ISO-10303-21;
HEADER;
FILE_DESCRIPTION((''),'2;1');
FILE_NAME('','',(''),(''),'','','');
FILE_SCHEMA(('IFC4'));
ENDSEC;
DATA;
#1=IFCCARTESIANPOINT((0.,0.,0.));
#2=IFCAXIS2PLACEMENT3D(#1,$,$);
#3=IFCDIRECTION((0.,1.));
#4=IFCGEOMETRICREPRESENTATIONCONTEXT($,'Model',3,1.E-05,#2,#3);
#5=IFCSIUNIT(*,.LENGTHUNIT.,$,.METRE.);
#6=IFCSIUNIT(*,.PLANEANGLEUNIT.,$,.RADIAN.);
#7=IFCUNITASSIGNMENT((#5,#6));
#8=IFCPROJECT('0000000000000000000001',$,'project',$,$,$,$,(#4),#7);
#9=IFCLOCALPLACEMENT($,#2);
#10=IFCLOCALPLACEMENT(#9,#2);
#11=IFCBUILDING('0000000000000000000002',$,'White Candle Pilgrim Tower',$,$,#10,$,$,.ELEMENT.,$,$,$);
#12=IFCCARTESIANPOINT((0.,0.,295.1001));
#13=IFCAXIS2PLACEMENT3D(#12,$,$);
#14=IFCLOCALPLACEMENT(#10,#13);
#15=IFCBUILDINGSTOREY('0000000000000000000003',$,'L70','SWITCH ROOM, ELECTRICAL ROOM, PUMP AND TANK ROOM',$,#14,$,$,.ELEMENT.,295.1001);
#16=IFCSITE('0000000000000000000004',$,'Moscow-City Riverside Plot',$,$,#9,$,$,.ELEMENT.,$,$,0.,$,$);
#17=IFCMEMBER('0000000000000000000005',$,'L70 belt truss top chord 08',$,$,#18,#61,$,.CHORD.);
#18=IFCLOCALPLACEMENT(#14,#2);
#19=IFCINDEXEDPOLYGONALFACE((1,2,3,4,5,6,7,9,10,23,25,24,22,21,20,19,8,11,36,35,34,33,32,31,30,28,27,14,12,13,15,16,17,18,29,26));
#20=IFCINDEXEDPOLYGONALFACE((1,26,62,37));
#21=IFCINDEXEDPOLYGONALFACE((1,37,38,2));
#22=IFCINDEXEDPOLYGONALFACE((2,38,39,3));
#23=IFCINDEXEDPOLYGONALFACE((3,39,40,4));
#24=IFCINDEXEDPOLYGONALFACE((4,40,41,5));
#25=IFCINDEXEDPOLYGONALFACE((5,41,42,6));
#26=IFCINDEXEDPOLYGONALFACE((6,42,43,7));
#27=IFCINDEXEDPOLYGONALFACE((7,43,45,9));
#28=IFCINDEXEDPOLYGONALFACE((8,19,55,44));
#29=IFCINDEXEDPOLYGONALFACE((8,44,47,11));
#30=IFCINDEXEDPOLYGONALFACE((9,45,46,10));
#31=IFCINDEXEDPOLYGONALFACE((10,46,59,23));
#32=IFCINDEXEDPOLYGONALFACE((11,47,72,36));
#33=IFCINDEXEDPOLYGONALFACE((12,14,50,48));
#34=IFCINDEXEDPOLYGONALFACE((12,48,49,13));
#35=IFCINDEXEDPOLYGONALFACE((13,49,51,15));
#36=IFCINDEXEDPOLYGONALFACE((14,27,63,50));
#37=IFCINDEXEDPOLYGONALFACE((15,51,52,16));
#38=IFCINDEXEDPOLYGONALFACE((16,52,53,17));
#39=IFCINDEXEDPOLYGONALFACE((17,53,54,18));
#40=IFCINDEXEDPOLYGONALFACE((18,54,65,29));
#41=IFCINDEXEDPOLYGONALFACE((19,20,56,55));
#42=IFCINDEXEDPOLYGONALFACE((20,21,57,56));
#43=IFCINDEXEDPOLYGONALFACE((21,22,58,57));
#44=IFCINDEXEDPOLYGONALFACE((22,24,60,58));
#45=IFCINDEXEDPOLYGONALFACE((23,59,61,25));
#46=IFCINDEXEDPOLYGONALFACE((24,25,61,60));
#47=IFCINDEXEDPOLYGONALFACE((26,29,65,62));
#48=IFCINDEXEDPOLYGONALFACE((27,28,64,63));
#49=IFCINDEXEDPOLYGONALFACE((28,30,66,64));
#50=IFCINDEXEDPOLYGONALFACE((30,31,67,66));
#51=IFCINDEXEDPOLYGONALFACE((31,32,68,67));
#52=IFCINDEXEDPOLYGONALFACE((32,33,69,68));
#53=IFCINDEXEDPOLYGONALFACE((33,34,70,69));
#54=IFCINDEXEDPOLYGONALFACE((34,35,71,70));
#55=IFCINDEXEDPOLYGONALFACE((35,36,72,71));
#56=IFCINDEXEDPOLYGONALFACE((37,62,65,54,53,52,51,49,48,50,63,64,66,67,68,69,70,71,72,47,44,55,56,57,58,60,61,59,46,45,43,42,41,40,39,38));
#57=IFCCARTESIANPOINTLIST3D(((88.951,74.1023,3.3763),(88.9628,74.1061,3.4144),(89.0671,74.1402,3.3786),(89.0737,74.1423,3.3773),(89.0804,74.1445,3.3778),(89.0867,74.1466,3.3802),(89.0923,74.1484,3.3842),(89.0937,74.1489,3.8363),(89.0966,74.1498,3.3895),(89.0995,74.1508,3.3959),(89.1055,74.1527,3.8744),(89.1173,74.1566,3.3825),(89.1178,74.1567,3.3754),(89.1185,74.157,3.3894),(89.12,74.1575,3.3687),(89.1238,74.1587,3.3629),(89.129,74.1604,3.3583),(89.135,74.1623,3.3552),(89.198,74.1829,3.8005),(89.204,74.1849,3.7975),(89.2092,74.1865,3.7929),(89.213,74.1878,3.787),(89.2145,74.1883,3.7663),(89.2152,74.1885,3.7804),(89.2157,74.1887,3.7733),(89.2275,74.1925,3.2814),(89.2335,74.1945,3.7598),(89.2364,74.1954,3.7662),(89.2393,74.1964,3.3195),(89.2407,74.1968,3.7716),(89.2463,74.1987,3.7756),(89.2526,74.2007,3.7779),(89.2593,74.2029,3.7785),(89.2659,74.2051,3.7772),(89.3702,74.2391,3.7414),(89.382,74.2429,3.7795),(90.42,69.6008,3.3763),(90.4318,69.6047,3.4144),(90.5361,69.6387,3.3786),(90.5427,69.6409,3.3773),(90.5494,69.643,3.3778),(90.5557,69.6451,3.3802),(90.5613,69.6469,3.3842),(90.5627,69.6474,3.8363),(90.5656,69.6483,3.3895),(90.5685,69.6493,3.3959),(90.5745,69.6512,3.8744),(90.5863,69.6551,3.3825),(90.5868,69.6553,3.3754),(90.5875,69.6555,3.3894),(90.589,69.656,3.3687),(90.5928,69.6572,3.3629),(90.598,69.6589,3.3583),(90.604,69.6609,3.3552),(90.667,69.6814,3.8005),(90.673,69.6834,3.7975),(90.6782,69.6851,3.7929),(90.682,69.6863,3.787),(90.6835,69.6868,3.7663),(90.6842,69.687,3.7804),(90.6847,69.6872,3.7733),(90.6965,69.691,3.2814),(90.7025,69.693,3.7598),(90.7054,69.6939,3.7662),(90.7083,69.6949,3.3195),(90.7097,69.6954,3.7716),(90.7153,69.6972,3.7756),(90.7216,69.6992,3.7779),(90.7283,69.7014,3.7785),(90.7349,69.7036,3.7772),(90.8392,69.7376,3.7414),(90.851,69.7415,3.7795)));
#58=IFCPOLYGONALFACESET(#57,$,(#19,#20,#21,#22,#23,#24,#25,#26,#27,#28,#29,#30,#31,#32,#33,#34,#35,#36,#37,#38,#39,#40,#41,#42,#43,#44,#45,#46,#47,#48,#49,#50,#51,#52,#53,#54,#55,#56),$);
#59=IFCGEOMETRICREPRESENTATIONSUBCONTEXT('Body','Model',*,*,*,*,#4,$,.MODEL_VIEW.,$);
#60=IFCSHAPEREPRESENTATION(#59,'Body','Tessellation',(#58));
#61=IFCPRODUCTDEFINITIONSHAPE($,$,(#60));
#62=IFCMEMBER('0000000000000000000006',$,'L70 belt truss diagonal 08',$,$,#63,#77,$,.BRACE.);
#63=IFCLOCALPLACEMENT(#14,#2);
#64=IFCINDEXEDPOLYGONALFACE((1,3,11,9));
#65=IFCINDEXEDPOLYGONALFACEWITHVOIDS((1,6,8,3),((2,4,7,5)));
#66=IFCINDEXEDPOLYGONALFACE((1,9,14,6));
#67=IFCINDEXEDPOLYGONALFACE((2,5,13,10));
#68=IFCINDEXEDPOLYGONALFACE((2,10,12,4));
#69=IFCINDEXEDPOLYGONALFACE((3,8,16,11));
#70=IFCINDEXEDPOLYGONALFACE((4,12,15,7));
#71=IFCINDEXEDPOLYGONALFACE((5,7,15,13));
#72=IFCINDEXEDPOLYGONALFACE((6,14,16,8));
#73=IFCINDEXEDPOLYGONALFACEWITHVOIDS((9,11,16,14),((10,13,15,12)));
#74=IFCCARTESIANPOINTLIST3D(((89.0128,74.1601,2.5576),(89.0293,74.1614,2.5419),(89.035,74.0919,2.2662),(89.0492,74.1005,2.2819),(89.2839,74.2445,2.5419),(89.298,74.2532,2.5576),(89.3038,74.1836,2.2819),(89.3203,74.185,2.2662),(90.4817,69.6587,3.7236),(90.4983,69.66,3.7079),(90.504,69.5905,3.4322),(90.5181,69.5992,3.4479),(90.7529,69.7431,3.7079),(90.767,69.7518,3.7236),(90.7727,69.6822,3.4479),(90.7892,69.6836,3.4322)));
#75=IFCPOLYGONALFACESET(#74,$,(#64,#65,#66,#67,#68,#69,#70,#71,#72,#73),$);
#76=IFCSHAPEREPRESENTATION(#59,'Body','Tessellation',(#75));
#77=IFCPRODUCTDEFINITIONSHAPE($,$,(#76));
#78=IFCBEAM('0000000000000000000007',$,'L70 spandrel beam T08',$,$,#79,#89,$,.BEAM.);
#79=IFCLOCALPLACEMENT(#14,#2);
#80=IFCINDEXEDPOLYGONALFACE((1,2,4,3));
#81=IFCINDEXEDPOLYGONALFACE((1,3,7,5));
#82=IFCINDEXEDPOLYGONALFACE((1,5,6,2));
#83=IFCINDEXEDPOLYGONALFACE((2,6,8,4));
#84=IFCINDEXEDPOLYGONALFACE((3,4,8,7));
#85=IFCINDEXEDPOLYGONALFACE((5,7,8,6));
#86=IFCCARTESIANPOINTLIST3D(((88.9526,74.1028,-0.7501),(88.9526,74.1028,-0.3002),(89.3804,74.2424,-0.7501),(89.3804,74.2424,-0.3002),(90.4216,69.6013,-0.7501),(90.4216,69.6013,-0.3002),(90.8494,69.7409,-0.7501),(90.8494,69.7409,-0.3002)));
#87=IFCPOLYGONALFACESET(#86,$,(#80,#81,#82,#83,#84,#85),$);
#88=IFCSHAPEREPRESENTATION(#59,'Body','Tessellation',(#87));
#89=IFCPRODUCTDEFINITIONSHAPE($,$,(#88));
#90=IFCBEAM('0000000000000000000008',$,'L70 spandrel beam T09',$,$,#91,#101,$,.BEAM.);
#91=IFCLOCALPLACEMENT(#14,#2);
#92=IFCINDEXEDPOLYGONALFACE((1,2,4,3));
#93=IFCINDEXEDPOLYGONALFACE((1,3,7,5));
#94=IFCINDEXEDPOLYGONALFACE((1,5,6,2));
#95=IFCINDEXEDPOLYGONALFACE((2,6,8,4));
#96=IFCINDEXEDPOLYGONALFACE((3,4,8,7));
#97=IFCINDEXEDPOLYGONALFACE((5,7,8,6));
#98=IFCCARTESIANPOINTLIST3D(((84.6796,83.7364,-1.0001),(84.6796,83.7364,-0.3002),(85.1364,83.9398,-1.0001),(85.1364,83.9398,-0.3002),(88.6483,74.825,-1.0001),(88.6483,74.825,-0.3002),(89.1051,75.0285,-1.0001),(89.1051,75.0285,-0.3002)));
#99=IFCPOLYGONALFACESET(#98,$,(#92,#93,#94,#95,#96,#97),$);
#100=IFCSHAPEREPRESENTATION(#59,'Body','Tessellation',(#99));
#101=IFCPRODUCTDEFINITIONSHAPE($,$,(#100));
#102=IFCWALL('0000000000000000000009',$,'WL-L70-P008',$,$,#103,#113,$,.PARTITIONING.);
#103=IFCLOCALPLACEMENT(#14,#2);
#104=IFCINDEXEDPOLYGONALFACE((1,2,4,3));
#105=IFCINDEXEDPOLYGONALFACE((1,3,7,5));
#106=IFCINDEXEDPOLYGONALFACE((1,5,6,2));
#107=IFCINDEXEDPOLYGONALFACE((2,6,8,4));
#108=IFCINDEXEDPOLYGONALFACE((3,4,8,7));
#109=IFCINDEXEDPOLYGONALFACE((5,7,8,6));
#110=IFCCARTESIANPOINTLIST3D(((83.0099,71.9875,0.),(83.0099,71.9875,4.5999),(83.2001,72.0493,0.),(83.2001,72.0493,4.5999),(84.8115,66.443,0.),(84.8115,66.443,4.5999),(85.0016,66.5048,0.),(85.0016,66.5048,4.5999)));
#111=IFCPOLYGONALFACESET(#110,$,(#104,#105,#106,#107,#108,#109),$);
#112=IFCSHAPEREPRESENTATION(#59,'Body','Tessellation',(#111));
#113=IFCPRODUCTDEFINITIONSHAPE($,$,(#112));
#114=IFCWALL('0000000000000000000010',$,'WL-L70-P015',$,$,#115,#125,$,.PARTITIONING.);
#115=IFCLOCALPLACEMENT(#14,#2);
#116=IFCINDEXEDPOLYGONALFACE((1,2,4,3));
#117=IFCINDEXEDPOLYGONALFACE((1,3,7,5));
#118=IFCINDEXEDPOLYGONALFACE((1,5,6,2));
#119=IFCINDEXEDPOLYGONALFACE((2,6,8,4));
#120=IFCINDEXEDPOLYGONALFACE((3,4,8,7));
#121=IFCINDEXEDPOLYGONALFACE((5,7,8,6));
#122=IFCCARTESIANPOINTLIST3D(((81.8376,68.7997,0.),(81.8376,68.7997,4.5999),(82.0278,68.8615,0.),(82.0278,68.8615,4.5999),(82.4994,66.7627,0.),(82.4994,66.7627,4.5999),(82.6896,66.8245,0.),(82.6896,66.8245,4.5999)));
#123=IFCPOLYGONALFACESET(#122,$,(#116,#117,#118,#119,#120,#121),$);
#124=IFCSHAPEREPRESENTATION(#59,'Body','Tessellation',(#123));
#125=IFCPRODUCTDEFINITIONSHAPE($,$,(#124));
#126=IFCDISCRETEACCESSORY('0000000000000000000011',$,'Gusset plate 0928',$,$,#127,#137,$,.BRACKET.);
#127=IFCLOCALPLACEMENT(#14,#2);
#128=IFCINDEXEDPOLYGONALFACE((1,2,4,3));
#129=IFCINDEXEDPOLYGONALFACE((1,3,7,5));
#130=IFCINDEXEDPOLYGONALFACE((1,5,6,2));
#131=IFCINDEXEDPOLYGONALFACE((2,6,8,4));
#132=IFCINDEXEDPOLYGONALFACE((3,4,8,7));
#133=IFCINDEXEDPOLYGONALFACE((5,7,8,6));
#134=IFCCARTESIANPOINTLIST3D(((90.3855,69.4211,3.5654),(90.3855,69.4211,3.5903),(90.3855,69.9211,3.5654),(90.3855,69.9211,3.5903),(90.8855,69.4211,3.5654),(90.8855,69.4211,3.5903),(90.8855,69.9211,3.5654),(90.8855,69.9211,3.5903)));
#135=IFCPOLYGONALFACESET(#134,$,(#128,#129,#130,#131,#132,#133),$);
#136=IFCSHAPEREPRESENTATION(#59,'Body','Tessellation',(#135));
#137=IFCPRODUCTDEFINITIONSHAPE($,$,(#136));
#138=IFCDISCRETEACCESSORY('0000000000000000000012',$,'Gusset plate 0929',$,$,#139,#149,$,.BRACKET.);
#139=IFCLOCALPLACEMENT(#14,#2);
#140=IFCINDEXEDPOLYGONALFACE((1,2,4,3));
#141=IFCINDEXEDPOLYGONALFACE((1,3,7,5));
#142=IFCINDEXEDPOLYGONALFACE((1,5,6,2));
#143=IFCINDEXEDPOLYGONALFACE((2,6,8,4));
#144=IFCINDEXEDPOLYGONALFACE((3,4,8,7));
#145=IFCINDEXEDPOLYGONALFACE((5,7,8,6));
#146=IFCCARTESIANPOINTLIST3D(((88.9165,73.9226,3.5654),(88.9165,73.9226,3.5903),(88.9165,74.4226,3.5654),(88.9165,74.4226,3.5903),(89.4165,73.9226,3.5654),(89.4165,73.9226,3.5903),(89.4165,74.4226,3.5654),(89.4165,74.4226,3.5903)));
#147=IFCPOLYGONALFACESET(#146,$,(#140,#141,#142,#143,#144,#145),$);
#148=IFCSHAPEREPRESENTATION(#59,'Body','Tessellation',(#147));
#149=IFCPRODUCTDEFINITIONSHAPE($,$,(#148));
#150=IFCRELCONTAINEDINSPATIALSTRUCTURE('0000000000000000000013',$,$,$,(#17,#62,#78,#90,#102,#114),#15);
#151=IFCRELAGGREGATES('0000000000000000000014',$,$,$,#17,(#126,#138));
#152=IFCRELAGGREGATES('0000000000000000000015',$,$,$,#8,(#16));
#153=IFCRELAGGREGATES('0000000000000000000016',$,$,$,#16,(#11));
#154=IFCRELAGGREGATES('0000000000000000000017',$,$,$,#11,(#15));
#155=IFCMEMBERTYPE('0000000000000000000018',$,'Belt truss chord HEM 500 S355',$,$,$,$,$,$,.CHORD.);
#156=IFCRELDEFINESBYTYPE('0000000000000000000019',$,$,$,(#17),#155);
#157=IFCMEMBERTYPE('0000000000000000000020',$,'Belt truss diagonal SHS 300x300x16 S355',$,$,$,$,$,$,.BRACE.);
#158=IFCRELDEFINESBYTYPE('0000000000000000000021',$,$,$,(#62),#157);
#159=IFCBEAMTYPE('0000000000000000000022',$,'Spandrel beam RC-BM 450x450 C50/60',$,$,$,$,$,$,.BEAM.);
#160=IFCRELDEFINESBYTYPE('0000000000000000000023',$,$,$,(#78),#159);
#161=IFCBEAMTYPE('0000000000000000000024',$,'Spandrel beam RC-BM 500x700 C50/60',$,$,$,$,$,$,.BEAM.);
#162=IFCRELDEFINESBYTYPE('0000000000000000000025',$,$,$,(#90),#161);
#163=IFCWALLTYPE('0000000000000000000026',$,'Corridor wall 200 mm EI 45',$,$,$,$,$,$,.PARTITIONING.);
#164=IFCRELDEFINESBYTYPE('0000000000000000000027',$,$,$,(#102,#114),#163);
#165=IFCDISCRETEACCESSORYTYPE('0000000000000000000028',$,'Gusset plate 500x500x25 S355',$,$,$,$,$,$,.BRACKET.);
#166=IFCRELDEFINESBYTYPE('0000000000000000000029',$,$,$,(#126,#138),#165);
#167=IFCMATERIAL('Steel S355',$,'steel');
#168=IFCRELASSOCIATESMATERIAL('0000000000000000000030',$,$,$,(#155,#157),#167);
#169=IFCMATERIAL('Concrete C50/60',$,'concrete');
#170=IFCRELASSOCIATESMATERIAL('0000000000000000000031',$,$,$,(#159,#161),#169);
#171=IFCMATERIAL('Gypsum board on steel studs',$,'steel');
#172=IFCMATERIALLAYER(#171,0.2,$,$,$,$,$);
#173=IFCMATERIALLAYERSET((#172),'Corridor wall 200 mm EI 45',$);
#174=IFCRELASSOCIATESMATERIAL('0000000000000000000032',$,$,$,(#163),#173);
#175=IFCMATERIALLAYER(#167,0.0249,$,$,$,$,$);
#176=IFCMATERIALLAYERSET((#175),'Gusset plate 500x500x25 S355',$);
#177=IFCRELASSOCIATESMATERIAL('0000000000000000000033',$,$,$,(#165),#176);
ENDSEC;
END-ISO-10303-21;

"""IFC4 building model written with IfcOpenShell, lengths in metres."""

from ifc_helpers import new_model, si_unit, direction, frame, frame_2d, origin, origin_2d, place, context, subcontext, project, spatial, rectangle, hollow_rectangle, i_section, extrude, material, layer, layer_set, material_profile, profile_set, type_object, element, aggregate, save


model = new_model("IFC4")

# Units and contexts
model_context = context("Model", 3, precision=1e-05, world=origin(), true_north=direction((0.0, 1.0)))
body_context = subcontext(model_context, "Body", "Model", "MODEL_VIEW")
ifc_project = project(units=[si_unit("LENGTHUNIT", "METRE"), si_unit("PLANEANGLEUNIT", "RADIAN")], contexts=[model_context])

# Site, building, storey
site_placement = place(None, origin())
site = spatial("IfcSite", under=ifc_project, at=site_placement, Name="Moscow-City Riverside Plot", CompositionType="ELEMENT", RefElevation=0.0)
building_placement = place(site_placement, origin())
building = spatial("IfcBuilding", under=site, at=building_placement, Name="White Candle Pilgrim Tower", CompositionType="ELEMENT")
storey_placement = place(building_placement, frame((0.0, 0.0, 295.1001)))
storey = spatial("IfcBuildingStorey", under=building, at=storey_placement, Name="L70", Description="SWITCH ROOM, ELECTRICAL ROOM, PUMP AND TANK ROOM", CompositionType="ELEMENT", Elevation=295.1001)

# Members
ifc_material_1 = material(Name="Steel S355", Category="steel")
ifc_material_profile_1 = material_profile(ifc_material_1, i_section(OverallWidth=0.3059, OverallDepth=0.5239, WebThickness=0.021, FlangeThickness=0.04, FilletRadius=0.0271, at=origin_2d()), Name="HEM 500")
ifc_profile_set_1 = profile_set([ifc_material_profile_1], Name="Steel S355")
member_type_1 = type_object("IfcMemberType", Name="Belt truss chord HEM 500 S355", PredefinedType="CHORD", material=ifc_profile_set_1)
member_1_placement = place(storey_placement, frame((90.6355, 69.6711, 3.5779), z_axis=(-0.310235, 0.95066, 0.0), x_axis=(0.903744, 0.294925, -0.310266)))
member_1 = element("IfcMember", 1, at=member_1_placement, inside=storey, type_object=member_type_1, Name="L70 belt truss top chord 08", PredefinedType="CHORD", context=body_context, shape_type="SweptSolid", body=[
    extrude(i_section(OverallWidth=0.3059, OverallDepth=0.5239, WebThickness=0.021, FlangeThickness=0.04, FilletRadius=0.0271, at=origin_2d()), origin(), (0.0, 0.0, 1.0), 4.7351),
])
ifc_material_profile_2 = material_profile(ifc_material_1, hollow_rectangle(XDim=0.3, YDim=0.3, WallThickness=0.0161, at=origin_2d()), Name="SHS 300x300x16")
ifc_profile_set_2 = profile_set([ifc_material_profile_2], Name="Steel S355")
member_type_2 = type_object("IfcMemberType", Name="Belt truss diagonal SHS 300x300x16 S355", PredefinedType="BRACE", material=ifc_profile_set_2)
member_2_placement = place(storey_placement, frame((90.6355, 69.6711, 3.5779), z_axis=(-0.301236, 0.923084, -0.239107), x_axis=(-0.95066, -0.310235, 0.0)))
element("IfcMember", 2, at=member_2_placement, inside=storey, type_object=member_type_2, Name="L70 belt truss diagonal 08", PredefinedType="BRACE", context=body_context, shape_type="SweptSolid", body=[
    extrude(hollow_rectangle(XDim=0.3, YDim=0.3, WallThickness=0.0161, at=origin_2d()), origin(), (0.0, 0.0, 1.0), 4.8765),
])

# Beams
ifc_material_2 = material(Name="Concrete C50/60", Category="concrete")
ifc_material_profile_3 = material_profile(ifc_material_2, rectangle(XDim=0.45, YDim=0.45, at=origin_2d()), Name="RC-BM 450x450")
ifc_profile_set_3 = profile_set([ifc_material_profile_3], Name="Concrete C50/60")
beam_type_1 = type_object("IfcBeamType", Name="Spandrel beam RC-BM 450x450 C50/60", PredefinedType="BEAM", material=ifc_profile_set_3)
beam_1_placement = place(storey_placement, frame((90.6355, 69.6711, -0.5251), z_axis=(-0.310235, 0.95066, 0.0), x_axis=(-0.95066, -0.310235, 0.0)))
element("IfcBeam", 3, at=beam_1_placement, inside=storey, type_object=beam_type_1, Name="L70 spandrel beam T08", PredefinedType="BEAM", context=body_context, shape_type="SweptSolid", body=[
    extrude(rectangle(XDim=0.45, YDim=0.45, at=origin_2d()), origin(), (0.0, 0.0, 1.0), 4.7351),
])
ifc_material_profile_4 = material_profile(ifc_material_2, rectangle(XDim=0.5, YDim=0.7, at=origin_2d()), Name="RC-BM 500x700")
ifc_profile_set_4 = profile_set([ifc_material_profile_4], Name="Concrete C50/60")
beam_type_2 = type_object("IfcBeamType", Name="Spandrel beam RC-BM 500x700 C50/60", PredefinedType="BEAM", material=ifc_profile_set_4)
beam_2_placement = place(storey_placement, frame((88.8767, 74.9268, -0.6501), z_axis=(-0.406835, 0.913502, 0.0), x_axis=(-0.913502, -0.406835, 0.0)))
element("IfcBeam", 4, at=beam_2_placement, inside=storey, type_object=beam_type_2, Name="L70 spandrel beam T09", PredefinedType="BEAM", context=body_context, shape_type="SweptSolid", body=[
    extrude(rectangle(XDim=0.5, YDim=0.7, at=origin_2d()), origin(), (0.0, 0.0, 1.0), 9.7551),
])

# Walls
ifc_material_3 = material(Name="Gypsum board on steel studs", Category="steel")
ifc_layer_1 = layer(ifc_material_3, 0.2)
ifc_layer_set_1 = layer_set([ifc_layer_1], Name="Corridor wall 200 mm EI 45")
wall_type_1 = type_object("IfcWallType", Name="Corridor wall 200 mm EI 45", PredefinedType="PARTITIONING", material=ifc_layer_set_1)
wall_1_placement = place(storey_placement, frame((83.105, 72.0186, 0.0), z_axis=(0.0, 0.0, 1.0), x_axis=(0.30902, -0.951056, 0.0)))
element("IfcWall", 5, at=wall_1_placement, inside=storey, type_object=wall_type_1, Name="WL-L70-P008", PredefinedType="PARTITIONING", context=body_context, shape_type="SweptSolid", body=[
    extrude(rectangle(XDim=5.8298, YDim=0.2, at=frame_2d((2.915, 0.0))), origin(), (0.0, 0.0, 1.0), 4.5999),
])
wall_2_placement = place(storey_placement, frame((82.5945, 66.7937, 0.0), z_axis=(0.0, 0.0, 1.0), x_axis=(-0.309004, 0.951061, 0.0)))
element("IfcWall", 6, at=wall_2_placement, inside=storey, type_object=wall_type_1, Name="WL-L70-P015", PredefinedType="PARTITIONING", context=body_context, shape_type="SweptSolid", body=[
    extrude(rectangle(XDim=2.1418, YDim=0.2, at=frame_2d((1.0708, 0.0))), origin(), (0.0, 0.0, 1.0), 4.5999),
])

# Discrete accessories
ifc_layer_2 = layer(ifc_material_1, 0.0249)
ifc_layer_set_2 = layer_set([ifc_layer_2], Name="Gusset plate 500x500x25 S355")
discrete_accessory_type = type_object("IfcDiscreteAccessoryType", Name="Gusset plate 500x500x25 S355", PredefinedType="BRACKET", material=ifc_layer_set_2)
discrete_accessory_1_placement = place(storey_placement, frame((90.6355, 69.6711, 3.5654), z_axis=(0.0, 0.0, 1.0), x_axis=(1.0, 0.0, 0.0)))
discrete_accessory_1 = element("IfcDiscreteAccessory", 7, at=discrete_accessory_1_placement, type_object=discrete_accessory_type, Name="Gusset plate 0928", PredefinedType="BRACKET", context=body_context, shape_type="SweptSolid", body=[
    extrude(rectangle(XDim=0.5, YDim=0.5, at=origin_2d()), origin(), (0.0, 0.0, 1.0), 0.0249),
])
discrete_accessory_2_placement = place(storey_placement, frame((89.1665, 74.1726, 3.5654), z_axis=(0.0, 0.0, 1.0), x_axis=(1.0, 0.0, 0.0)))
discrete_accessory_2 = element("IfcDiscreteAccessory", 8, at=discrete_accessory_2_placement, type_object=discrete_accessory_type, Name="Gusset plate 0929", PredefinedType="BRACKET", context=body_context, shape_type="SweptSolid", body=[
    extrude(rectangle(XDim=0.5, YDim=0.5, at=origin_2d()), origin(), (0.0, 0.0, 1.0), 0.0249),
])
aggregate(member_1, [discrete_accessory_1, discrete_accessory_2])

save(model, "model.ifc")
